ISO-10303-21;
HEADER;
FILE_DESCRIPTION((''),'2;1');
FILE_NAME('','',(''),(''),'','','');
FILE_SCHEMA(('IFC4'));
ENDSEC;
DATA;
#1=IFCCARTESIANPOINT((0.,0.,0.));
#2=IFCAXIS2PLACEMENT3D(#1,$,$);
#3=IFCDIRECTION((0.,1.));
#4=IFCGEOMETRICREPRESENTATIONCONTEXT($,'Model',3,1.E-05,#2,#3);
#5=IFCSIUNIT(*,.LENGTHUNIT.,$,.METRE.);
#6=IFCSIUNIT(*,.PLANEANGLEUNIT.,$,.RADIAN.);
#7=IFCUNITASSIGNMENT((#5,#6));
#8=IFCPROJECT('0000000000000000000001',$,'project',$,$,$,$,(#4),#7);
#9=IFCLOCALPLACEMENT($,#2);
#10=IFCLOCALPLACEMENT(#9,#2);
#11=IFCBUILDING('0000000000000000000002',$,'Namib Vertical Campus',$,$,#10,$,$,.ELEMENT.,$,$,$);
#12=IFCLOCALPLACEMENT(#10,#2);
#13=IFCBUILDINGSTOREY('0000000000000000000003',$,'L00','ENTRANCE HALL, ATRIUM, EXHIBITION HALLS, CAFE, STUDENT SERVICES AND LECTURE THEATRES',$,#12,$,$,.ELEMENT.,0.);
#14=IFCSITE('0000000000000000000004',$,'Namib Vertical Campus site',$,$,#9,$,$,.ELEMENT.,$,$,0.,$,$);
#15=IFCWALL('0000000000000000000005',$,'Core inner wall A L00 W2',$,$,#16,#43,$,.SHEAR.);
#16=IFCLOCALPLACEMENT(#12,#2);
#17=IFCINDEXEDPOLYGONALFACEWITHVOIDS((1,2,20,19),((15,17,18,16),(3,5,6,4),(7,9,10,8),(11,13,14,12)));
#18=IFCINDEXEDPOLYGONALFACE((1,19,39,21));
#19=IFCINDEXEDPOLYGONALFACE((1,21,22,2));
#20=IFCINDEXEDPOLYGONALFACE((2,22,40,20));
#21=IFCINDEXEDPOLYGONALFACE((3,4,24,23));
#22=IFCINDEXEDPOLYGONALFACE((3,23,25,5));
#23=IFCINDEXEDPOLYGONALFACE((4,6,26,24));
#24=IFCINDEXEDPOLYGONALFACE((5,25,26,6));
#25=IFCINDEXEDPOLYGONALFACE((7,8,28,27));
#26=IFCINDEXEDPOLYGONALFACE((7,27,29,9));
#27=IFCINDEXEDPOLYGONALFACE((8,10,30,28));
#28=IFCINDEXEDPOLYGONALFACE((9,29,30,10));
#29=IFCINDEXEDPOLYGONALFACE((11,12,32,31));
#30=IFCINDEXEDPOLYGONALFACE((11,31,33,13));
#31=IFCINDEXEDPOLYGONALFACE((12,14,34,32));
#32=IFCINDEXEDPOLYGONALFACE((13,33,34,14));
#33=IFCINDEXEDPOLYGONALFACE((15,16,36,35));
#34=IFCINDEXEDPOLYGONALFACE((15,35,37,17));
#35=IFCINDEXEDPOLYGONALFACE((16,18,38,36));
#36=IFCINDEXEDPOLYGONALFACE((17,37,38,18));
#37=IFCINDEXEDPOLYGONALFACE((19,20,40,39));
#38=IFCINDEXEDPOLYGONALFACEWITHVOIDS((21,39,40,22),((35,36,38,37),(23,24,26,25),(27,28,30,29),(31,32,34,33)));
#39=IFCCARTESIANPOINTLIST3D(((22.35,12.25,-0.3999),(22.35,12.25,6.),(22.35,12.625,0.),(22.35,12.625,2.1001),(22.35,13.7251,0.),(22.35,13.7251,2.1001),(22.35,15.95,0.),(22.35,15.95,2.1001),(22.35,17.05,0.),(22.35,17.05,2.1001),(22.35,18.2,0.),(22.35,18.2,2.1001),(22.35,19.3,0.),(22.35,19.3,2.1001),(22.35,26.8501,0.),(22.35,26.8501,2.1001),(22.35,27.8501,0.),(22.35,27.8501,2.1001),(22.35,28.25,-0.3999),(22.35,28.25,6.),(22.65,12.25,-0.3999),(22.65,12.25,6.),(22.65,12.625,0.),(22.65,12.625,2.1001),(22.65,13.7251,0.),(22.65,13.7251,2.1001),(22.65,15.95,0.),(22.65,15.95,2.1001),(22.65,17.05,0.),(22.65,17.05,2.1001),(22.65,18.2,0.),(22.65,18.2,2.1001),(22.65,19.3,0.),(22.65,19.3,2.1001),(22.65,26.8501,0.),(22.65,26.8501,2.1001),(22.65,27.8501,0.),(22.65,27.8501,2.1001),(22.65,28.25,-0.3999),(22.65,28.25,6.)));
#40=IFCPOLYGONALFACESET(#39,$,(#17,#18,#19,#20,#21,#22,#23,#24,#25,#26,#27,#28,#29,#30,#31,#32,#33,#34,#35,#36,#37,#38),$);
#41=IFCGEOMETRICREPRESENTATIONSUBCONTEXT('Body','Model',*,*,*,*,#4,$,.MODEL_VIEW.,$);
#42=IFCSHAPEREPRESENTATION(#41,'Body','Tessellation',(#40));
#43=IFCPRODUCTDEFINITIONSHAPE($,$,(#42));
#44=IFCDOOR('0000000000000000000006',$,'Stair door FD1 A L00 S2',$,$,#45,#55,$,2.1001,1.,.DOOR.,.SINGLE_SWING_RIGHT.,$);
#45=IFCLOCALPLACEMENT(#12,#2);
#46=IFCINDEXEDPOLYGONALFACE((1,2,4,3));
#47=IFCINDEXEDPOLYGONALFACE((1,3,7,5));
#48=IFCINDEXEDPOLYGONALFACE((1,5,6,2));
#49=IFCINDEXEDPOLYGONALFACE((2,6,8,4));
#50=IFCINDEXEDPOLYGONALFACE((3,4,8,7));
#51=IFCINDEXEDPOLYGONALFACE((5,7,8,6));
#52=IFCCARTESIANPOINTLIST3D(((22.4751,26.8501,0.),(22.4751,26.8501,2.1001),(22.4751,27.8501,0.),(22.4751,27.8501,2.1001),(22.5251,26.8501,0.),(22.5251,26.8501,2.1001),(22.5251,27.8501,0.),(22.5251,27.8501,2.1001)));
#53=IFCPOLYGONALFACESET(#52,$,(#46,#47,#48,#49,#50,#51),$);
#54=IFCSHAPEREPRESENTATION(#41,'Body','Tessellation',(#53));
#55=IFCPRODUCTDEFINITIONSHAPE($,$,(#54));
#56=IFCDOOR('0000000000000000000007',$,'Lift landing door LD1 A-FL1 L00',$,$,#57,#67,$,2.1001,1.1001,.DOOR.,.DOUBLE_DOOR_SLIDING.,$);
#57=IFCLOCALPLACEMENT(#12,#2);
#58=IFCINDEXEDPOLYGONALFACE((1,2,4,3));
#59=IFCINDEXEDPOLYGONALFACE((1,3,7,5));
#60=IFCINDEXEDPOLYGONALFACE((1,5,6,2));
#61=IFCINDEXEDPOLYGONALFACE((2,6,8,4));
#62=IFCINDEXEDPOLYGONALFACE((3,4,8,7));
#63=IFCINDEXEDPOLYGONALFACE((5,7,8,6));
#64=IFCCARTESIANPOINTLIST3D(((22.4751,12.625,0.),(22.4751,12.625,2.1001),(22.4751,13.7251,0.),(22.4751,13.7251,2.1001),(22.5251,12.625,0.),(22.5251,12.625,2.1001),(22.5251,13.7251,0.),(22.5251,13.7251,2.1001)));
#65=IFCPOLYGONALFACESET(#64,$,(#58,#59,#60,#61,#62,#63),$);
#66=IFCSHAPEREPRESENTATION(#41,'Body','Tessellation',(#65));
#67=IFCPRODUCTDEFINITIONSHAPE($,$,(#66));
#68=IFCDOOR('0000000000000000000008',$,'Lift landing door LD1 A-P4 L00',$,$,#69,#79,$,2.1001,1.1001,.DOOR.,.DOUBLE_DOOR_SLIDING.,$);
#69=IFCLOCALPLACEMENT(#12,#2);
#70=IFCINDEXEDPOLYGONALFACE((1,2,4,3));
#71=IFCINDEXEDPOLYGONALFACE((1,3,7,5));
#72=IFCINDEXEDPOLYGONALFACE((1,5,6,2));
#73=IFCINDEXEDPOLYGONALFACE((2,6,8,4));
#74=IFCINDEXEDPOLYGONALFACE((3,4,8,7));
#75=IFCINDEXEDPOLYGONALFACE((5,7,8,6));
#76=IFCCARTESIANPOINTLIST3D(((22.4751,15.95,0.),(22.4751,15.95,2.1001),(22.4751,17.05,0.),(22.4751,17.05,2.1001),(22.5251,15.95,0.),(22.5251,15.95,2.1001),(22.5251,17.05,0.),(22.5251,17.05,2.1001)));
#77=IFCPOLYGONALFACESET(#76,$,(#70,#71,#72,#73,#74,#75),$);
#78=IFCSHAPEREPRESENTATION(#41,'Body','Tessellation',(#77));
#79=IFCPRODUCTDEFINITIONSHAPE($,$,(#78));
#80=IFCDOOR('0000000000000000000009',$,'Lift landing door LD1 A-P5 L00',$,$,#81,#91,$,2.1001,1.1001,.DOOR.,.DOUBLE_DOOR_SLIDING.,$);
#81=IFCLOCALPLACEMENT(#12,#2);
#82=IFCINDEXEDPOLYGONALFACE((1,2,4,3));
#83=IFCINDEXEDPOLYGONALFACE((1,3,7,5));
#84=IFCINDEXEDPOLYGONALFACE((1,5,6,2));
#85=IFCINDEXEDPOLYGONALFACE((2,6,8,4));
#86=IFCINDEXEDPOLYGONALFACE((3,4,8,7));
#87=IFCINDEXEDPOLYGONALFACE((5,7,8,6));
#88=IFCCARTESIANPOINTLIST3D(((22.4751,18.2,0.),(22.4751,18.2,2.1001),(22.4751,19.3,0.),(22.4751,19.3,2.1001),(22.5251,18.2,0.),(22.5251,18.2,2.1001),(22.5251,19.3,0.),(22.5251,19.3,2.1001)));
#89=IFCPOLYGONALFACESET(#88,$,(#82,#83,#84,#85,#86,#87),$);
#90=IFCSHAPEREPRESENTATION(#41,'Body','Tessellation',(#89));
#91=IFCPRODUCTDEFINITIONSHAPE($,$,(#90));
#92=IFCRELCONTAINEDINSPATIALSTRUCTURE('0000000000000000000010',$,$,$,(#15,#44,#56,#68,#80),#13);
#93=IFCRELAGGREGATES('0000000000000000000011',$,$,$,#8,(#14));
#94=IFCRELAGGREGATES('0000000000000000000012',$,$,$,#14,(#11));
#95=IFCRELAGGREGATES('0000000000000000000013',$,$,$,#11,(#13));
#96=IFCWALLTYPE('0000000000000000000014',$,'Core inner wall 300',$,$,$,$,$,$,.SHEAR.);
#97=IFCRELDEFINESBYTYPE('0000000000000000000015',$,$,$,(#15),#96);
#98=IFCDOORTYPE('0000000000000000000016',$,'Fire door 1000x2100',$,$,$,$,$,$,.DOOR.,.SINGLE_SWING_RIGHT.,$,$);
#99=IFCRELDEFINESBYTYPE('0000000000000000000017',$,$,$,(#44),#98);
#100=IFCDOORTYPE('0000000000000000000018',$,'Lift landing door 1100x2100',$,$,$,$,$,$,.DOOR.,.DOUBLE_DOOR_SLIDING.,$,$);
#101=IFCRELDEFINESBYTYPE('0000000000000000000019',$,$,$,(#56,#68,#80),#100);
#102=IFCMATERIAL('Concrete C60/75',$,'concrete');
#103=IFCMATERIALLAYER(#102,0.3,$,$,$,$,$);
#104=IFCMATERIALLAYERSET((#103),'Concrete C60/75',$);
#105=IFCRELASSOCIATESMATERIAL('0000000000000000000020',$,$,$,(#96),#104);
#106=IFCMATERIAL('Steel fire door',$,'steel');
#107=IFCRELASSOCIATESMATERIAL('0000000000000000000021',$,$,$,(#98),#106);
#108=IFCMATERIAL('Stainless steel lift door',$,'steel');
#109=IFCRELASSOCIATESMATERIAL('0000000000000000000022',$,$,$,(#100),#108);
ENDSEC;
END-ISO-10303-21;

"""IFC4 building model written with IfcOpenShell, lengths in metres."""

from ifc_helpers import new_model, si_unit, direction, frame, frame_2d, origin, place, context, subcontext, project, spatial, rectangle, extrude, material, layer, layer_set, type_object, element, fill, save


model = new_model("IFC4")

# Units and contexts
model_context = context("Model", 3, precision=1e-05, world=origin(), true_north=direction((0.0, 1.0)))
body_context = subcontext(model_context, "Body", "Model", "MODEL_VIEW")
ifc_project = project(units=[si_unit("LENGTHUNIT", "METRE"), si_unit("PLANEANGLEUNIT", "RADIAN")], contexts=[model_context])

# Site, building, storey
site_placement = place(None, origin())
site = spatial("IfcSite", under=ifc_project, at=site_placement, Name="Namib Vertical Campus site", CompositionType="ELEMENT", RefElevation=0.0)
building_placement = place(site_placement, origin())
building = spatial("IfcBuilding", under=site, at=building_placement, Name="Namib Vertical Campus", CompositionType="ELEMENT")
storey_placement = place(building_placement, origin())
storey = spatial("IfcBuildingStorey", under=building, at=storey_placement, Name="L00", Description="ENTRANCE HALL, ATRIUM, EXHIBITION HALLS, CAFE, STUDENT SERVICES AND LECTURE THEATRES", CompositionType="ELEMENT", Elevation=0.0)

# Wall, openings, doors
ifc_material_1 = material(Name="Concrete C60/75", Category="concrete")
ifc_layer = layer(ifc_material_1, 0.3)
ifc_layer_set = layer_set([ifc_layer], Name="Concrete C60/75")
wall_type = type_object("IfcWallType", Name="Core inner wall 300", PredefinedType="SHEAR", material=ifc_layer_set)
ifc_material_2 = material(Name="Steel fire door", Category="steel")
door_type_1 = type_object("IfcDoorType", Name="Fire door 1000x2100", OperationType="SINGLE_SWING_RIGHT", PredefinedType="DOOR", material=ifc_material_2)
ifc_material_3 = material(Name="Stainless steel lift door", Category="steel")
door_type_2 = type_object("IfcDoorType", Name="Lift landing door 1100x2100", OperationType="DOUBLE_DOOR_SLIDING", PredefinedType="DOOR", material=ifc_material_3)
wall_1_placement = place(storey_placement, frame((22.5, 12.25, -0.3999), z_axis=(0.0, 0.0, 1.0), x_axis=(0.0, 1.0, 0.0)))
wall_1 = element("IfcWall", 1, at=wall_1_placement, inside=storey, type_object=wall_type, Name="Core inner wall A L00 W2", PredefinedType="SHEAR", context=body_context, shape_type="SweptSolid", body=[
    extrude(rectangle(XDim=16.0, YDim=0.3, at=frame_2d((8.0, 0.0))), origin(), (0.0, 0.0, 1.0), 6.3999),
])
opening_1_placement = place(wall_1_placement, frame((14.6001, 0.0, 0.3999)))
opening_1 = element("IfcOpeningElement", 2, at=opening_1_placement, cuts=wall_1, PredefinedType="OPENING", context=body_context, shape_type="SweptSolid", body=[
    extrude(rectangle(XDim=1.0, YDim=2.1001, at=frame_2d((0.5, 1.05))), frame((0.0, 0.1599, 0.0), z_axis=(0.0, -1.0, 0.0), x_axis=(1.0, 0.0, 0.0)), (0.0, 0.0, 1.0), 0.3201),
])
opening_2_placement = place(wall_1_placement, frame((0.375, 0.0, 0.3999)))
opening_2 = element("IfcOpeningElement", 3, at=opening_2_placement, cuts=wall_1, PredefinedType="OPENING", context=body_context, shape_type="SweptSolid", body=[
    extrude(rectangle(XDim=1.1001, YDim=2.1001, at=frame_2d((0.55, 1.05))), frame((0.0, 0.1599, 0.0), z_axis=(0.0, -1.0, 0.0), x_axis=(1.0, 0.0, 0.0)), (0.0, 0.0, 1.0), 0.3201),
])
opening_3_placement = place(wall_1_placement, frame((3.7, 0.0, 0.3999)))
opening_3 = element("IfcOpeningElement", 4, at=opening_3_placement, cuts=wall_1, PredefinedType="OPENING", context=body_context, shape_type="SweptSolid", body=[
    extrude(rectangle(XDim=1.1001, YDim=2.1001, at=frame_2d((0.55, 1.05))), frame((0.0, 0.1599, 0.0), z_axis=(0.0, -1.0, 0.0), x_axis=(1.0, 0.0, 0.0)), (0.0, 0.0, 1.0), 0.3201),
])
opening_4_placement = place(wall_1_placement, frame((5.95, 0.0, 0.3999)))
opening_4 = element("IfcOpeningElement", 5, at=opening_4_placement, cuts=wall_1, PredefinedType="OPENING", context=body_context, shape_type="SweptSolid", body=[
    extrude(rectangle(XDim=1.1001, YDim=2.1001, at=frame_2d((0.55, 1.05))), frame((0.0, 0.1599, 0.0), z_axis=(0.0, -1.0, 0.0), x_axis=(1.0, 0.0, 0.0)), (0.0, 0.0, 1.0), 0.3201),
])
door_1_placement = place(opening_1_placement, origin())
door_1 = element("IfcDoor", 6, at=door_1_placement, inside=storey, type_object=door_type_1, Name="Stair door FD1 A L00 S2", OperationType="SINGLE_SWING_RIGHT", OverallHeight=2.1001, OverallWidth=1.0, PredefinedType="DOOR", context=body_context, shape_type="SweptSolid", body=[
    extrude(rectangle(XDim=1.0, YDim=2.1001, at=frame_2d((0.5, 1.05))), frame((0.0, 0.0249, 0.0), z_axis=(0.0, -1.0, 0.0), x_axis=(1.0, 0.0, 0.0)), (0.0, 0.0, 1.0), 0.05),
])
fill(opening_1, door_1)
door_2_placement = place(opening_2_placement, origin())
door_2 = element("IfcDoor", 7, at=door_2_placement, inside=storey, type_object=door_type_2, Name="Lift landing door LD1 A-FL1 L00", OperationType="DOUBLE_DOOR_SLIDING", OverallHeight=2.1001, OverallWidth=1.1001, PredefinedType="DOOR", context=body_context, shape_type="SweptSolid", body=[
    extrude(rectangle(XDim=1.1001, YDim=2.1001, at=frame_2d((0.55, 1.05))), frame((0.0, 0.0249, 0.0), z_axis=(0.0, -1.0, 0.0), x_axis=(1.0, 0.0, 0.0)), (0.0, 0.0, 1.0), 0.05),
])
fill(opening_2, door_2)
door_3_placement = place(opening_3_placement, origin())
door_3 = element("IfcDoor", 8, at=door_3_placement, inside=storey, type_object=door_type_2, Name="Lift landing door LD1 A-P4 L00", OperationType="DOUBLE_DOOR_SLIDING", OverallHeight=2.1001, OverallWidth=1.1001, PredefinedType="DOOR", context=body_context, shape_type="SweptSolid", body=[
    extrude(rectangle(XDim=1.1001, YDim=2.1001, at=frame_2d((0.55, 1.05))), frame((0.0, 0.0249, 0.0), z_axis=(0.0, -1.0, 0.0), x_axis=(1.0, 0.0, 0.0)), (0.0, 0.0, 1.0), 0.05),
])
fill(opening_3, door_3)
door_4_placement = place(opening_4_placement, origin())
door_4 = element("IfcDoor", 9, at=door_4_placement, inside=storey, type_object=door_type_2, Name="Lift landing door LD1 A-P5 L00", OperationType="DOUBLE_DOOR_SLIDING", OverallHeight=2.1001, OverallWidth=1.1001, PredefinedType="DOOR", context=body_context, shape_type="SweptSolid", body=[
    extrude(rectangle(XDim=1.1001, YDim=2.1001, at=frame_2d((0.55, 1.05))), frame((0.0, 0.0249, 0.0), z_axis=(0.0, -1.0, 0.0), x_axis=(1.0, 0.0, 0.0)), (0.0, 0.0, 1.0), 0.05),
])
fill(opening_4, door_4)

save(model, "model.ifc")
